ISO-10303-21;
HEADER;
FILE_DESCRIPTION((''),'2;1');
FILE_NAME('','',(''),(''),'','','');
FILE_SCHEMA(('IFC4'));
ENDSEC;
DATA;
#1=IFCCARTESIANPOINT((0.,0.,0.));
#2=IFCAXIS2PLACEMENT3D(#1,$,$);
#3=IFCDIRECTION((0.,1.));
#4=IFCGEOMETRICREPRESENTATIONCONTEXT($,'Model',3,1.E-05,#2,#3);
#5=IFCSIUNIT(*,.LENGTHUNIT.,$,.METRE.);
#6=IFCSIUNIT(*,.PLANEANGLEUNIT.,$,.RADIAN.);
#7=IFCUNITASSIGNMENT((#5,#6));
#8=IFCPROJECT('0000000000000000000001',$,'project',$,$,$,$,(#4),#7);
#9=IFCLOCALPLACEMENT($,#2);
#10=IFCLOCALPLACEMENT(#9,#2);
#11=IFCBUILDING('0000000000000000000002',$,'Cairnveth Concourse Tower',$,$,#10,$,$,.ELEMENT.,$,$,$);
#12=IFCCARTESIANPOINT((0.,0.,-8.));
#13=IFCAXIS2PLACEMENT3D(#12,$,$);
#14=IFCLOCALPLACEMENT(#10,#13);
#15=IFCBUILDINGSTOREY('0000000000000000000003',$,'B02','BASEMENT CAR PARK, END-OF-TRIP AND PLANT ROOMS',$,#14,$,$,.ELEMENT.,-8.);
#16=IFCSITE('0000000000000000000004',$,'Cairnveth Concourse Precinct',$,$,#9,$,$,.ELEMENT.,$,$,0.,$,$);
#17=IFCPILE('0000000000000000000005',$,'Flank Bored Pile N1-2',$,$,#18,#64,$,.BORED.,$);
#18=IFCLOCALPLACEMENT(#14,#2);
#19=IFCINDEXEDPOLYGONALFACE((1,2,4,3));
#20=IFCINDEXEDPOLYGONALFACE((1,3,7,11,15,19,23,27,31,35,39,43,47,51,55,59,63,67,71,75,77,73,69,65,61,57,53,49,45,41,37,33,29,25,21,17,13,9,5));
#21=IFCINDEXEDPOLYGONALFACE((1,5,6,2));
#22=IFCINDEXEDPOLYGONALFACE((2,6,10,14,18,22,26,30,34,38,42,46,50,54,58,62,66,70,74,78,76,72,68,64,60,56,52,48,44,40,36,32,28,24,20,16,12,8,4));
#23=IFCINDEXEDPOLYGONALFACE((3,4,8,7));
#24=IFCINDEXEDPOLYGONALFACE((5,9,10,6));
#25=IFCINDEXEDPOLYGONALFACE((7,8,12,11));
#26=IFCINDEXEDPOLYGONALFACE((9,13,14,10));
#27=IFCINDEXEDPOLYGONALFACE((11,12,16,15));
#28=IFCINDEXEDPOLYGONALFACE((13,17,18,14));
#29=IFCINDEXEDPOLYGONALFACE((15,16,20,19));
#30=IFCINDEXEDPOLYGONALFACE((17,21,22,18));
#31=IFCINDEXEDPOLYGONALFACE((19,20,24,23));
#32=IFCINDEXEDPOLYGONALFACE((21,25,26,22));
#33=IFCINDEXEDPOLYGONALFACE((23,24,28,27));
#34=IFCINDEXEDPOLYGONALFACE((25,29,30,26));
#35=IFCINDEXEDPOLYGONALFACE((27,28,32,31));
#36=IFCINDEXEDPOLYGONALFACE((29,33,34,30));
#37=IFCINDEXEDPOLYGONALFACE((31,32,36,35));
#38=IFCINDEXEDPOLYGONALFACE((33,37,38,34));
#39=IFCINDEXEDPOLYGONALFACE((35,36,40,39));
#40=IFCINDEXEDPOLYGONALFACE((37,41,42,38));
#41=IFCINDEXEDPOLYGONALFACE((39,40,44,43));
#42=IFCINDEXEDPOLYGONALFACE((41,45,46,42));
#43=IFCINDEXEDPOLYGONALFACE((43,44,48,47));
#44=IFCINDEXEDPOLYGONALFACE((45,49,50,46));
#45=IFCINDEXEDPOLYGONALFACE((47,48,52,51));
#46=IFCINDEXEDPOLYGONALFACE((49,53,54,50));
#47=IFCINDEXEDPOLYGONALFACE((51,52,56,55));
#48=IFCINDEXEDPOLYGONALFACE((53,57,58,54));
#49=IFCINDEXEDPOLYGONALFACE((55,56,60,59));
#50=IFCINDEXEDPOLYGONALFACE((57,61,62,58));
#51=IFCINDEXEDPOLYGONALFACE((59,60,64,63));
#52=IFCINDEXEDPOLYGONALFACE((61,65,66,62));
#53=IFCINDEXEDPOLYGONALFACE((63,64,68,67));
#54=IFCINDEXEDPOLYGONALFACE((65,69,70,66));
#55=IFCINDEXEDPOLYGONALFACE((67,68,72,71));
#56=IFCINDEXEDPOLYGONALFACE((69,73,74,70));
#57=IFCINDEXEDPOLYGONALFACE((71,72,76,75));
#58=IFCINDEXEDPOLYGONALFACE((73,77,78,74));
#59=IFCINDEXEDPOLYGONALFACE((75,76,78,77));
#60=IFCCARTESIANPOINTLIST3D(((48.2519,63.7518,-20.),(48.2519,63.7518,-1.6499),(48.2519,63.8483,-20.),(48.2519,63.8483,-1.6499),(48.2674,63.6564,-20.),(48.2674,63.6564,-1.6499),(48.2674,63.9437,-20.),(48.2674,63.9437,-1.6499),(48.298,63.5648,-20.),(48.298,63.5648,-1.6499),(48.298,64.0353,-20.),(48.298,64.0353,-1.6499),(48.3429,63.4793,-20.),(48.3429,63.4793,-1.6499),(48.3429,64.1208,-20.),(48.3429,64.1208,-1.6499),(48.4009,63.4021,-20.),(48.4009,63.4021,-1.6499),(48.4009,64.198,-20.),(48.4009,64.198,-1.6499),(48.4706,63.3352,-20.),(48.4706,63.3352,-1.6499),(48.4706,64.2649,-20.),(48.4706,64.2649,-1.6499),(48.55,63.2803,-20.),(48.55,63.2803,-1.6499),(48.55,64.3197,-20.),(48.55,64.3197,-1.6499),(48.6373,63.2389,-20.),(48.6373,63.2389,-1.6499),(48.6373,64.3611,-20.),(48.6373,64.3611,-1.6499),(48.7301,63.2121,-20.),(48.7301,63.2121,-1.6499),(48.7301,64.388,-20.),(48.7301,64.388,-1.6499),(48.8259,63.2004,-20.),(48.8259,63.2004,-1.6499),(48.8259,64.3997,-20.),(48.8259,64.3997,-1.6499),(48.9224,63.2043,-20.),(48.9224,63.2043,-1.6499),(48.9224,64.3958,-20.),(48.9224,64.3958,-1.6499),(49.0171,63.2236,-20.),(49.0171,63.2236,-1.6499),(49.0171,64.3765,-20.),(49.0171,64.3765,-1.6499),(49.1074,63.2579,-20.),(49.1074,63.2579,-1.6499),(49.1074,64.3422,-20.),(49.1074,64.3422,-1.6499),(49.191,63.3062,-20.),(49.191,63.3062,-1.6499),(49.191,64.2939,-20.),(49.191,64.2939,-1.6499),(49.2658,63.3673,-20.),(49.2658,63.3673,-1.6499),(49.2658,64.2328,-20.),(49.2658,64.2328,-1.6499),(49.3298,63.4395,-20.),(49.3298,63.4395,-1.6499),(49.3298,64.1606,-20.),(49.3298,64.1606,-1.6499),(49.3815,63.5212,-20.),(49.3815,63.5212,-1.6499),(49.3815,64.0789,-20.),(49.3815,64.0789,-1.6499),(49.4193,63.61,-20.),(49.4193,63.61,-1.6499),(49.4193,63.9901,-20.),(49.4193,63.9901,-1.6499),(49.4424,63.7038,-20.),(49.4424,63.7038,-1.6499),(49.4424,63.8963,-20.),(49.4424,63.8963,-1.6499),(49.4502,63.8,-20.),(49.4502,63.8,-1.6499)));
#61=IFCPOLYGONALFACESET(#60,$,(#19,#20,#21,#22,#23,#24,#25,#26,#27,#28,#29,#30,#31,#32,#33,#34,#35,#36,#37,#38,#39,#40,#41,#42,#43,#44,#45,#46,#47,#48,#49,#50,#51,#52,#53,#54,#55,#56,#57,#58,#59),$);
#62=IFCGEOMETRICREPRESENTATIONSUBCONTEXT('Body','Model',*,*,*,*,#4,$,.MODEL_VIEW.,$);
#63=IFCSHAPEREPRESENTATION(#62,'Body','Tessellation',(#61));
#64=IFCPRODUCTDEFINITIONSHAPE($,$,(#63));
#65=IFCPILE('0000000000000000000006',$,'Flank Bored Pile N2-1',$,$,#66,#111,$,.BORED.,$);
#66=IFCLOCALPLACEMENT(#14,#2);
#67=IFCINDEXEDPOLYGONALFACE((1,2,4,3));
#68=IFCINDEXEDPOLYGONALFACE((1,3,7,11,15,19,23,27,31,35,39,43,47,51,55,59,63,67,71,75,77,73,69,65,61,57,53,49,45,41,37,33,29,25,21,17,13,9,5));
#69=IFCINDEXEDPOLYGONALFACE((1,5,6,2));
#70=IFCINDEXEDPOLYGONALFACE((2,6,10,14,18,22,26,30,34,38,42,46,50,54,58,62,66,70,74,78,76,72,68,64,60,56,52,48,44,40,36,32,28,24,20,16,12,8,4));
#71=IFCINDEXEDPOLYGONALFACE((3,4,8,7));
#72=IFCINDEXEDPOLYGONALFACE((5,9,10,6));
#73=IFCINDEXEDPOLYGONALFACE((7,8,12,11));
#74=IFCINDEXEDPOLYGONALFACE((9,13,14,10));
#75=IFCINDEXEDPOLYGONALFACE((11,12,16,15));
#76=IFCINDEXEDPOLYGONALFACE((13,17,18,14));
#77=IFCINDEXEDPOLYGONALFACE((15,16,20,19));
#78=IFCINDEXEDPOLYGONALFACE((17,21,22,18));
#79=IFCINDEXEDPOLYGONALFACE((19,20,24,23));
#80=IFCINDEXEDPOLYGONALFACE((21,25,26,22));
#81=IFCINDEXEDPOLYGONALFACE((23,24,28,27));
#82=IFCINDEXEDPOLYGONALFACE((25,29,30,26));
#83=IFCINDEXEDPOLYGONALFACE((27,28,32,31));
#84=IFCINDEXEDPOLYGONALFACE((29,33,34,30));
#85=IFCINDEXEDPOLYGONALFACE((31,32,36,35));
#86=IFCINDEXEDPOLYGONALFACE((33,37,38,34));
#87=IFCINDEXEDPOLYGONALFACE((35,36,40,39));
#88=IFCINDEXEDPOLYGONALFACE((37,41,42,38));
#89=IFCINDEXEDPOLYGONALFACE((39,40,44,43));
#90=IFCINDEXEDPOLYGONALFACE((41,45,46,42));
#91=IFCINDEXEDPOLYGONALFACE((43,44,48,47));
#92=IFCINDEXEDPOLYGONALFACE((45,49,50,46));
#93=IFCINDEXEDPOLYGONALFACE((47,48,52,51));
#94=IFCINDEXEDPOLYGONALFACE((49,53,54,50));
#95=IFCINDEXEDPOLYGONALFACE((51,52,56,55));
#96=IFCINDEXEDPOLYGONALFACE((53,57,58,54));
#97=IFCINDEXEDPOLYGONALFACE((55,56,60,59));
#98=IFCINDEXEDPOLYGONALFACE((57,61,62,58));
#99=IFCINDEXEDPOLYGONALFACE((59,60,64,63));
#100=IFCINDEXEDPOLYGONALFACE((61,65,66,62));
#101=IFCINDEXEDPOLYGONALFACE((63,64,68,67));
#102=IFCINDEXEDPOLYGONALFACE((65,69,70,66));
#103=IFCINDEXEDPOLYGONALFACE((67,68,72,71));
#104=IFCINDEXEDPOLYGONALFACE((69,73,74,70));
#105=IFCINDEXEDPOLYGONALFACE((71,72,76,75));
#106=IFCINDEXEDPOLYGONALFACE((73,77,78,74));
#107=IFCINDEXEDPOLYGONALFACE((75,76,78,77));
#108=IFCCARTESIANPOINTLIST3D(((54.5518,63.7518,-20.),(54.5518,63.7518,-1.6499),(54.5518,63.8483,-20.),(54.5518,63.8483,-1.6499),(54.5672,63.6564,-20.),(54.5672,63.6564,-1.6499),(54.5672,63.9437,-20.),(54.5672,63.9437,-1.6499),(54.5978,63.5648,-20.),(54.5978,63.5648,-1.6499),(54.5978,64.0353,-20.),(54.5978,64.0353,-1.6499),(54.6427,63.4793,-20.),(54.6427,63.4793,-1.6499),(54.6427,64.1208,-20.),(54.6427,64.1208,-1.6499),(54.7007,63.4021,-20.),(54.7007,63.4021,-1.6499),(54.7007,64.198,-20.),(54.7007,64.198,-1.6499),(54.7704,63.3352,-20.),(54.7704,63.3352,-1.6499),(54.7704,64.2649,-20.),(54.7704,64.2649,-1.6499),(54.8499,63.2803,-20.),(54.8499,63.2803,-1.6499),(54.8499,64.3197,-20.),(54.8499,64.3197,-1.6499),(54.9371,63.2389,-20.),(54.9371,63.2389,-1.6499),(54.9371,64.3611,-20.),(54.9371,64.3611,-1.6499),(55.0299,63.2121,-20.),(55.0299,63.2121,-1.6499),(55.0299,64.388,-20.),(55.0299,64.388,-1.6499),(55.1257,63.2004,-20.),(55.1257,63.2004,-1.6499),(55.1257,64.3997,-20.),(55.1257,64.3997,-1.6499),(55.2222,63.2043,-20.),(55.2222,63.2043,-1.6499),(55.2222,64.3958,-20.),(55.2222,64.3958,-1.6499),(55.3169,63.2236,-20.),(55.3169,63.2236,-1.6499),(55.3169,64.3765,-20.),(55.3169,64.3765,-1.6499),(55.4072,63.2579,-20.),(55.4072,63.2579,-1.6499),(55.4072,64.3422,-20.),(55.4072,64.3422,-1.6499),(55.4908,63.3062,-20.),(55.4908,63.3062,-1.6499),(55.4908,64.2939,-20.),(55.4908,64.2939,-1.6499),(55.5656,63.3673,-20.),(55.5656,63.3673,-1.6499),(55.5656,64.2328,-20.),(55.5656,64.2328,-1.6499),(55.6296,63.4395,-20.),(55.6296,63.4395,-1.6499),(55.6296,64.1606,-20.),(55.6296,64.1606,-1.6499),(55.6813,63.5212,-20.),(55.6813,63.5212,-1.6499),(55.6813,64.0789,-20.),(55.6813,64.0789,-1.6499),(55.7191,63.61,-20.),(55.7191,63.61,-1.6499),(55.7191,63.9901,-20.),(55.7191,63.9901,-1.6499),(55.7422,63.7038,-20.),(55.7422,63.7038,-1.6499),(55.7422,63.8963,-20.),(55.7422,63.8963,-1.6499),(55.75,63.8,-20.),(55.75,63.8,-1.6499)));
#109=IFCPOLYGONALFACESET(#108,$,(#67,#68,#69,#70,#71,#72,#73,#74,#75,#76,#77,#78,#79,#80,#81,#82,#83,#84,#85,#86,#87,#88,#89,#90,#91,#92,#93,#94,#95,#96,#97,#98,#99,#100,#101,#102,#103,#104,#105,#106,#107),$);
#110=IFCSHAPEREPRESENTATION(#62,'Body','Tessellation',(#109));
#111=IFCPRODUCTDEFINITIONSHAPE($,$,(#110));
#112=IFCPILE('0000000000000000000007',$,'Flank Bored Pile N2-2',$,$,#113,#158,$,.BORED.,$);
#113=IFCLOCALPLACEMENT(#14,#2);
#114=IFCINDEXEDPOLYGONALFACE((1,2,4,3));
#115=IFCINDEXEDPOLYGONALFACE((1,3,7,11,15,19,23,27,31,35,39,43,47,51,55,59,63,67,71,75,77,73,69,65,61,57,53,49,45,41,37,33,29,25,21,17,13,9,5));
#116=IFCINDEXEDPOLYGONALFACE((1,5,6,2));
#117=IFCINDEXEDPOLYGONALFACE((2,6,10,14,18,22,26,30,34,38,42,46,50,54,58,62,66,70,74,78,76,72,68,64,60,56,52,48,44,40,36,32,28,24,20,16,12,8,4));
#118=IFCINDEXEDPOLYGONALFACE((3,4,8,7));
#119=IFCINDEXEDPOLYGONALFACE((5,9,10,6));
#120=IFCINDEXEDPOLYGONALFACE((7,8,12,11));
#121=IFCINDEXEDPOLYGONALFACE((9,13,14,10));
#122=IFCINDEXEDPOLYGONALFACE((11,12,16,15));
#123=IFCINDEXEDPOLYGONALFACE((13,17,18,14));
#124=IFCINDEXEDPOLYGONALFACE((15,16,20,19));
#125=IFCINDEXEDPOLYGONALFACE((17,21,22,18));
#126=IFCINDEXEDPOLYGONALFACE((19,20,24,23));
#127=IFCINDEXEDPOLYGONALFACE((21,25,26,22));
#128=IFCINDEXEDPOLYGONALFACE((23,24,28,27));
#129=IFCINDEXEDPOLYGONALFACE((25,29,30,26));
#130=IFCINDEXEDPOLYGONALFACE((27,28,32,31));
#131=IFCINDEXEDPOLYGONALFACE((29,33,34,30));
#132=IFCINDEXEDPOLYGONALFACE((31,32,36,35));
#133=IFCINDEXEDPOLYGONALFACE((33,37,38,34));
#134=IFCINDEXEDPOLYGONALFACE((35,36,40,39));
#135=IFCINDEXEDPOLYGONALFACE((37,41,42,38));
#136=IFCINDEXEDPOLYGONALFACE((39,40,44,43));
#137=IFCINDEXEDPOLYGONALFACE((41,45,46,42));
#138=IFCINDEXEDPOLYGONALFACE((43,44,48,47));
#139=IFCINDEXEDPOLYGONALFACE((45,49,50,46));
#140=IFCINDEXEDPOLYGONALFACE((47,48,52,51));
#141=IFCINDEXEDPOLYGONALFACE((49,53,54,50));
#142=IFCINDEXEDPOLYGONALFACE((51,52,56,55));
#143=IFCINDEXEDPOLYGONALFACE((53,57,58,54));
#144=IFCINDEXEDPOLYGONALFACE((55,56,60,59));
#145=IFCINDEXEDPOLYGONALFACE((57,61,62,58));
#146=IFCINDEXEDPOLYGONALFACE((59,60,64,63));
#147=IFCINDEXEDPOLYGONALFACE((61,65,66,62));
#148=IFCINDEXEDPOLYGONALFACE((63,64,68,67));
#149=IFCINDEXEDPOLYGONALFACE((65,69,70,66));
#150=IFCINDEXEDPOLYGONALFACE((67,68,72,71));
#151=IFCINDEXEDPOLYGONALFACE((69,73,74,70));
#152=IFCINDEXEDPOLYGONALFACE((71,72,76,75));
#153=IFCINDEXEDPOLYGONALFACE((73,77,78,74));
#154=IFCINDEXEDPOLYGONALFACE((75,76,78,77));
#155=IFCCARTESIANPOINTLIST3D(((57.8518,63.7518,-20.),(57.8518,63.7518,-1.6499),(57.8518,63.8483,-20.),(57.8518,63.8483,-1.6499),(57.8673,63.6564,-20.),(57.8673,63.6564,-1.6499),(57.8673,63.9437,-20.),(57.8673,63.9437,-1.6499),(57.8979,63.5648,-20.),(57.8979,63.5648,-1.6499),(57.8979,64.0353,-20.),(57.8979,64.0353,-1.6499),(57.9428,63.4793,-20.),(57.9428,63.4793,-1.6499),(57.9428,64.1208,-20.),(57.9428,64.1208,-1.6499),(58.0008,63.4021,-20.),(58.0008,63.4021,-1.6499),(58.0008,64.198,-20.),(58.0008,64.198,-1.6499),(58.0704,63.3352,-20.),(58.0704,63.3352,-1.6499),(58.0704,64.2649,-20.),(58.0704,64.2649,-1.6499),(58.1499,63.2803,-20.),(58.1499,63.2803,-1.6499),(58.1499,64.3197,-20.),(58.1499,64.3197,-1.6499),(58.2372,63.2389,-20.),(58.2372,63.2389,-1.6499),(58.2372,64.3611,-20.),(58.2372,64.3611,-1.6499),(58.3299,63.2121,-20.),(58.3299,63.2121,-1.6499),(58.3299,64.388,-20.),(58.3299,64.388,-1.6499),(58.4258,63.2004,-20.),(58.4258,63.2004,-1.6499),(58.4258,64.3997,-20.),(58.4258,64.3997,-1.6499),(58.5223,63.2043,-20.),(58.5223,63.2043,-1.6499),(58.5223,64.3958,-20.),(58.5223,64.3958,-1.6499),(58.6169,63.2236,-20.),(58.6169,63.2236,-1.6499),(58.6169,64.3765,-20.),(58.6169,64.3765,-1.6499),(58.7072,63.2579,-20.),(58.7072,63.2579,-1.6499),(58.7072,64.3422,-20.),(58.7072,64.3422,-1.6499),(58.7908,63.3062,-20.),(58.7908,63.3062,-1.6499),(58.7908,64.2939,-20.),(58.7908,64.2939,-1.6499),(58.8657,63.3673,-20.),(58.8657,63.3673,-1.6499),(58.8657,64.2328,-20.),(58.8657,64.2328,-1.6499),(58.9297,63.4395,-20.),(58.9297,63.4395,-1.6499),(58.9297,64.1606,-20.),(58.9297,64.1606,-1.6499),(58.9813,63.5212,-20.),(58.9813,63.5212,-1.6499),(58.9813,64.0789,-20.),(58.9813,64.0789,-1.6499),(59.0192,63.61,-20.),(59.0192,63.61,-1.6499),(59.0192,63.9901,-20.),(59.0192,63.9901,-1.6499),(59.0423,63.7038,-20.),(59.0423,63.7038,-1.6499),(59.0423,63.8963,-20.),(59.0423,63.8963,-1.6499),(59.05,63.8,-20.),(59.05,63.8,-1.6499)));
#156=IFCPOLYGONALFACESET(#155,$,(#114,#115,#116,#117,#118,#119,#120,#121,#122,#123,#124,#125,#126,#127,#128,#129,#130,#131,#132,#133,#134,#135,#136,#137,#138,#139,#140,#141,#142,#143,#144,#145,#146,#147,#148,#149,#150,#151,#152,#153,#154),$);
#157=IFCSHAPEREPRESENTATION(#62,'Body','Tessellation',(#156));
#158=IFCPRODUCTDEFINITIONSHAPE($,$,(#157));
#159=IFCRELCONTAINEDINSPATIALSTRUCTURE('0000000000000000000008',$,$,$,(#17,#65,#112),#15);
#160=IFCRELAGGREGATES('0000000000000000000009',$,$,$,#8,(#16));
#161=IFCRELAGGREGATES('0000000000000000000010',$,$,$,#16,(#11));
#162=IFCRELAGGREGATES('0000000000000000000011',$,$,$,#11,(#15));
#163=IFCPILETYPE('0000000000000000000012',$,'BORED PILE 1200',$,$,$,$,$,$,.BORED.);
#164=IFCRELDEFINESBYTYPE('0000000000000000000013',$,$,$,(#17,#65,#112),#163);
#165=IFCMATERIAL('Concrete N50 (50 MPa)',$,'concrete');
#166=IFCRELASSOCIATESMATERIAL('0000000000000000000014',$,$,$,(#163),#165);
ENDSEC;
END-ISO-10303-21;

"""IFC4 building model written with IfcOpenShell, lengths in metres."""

from ifc_helpers import new_model, si_unit, direction, frame, origin, origin_2d, place, context, subcontext, project, spatial, circle, extrude, material, material_profile, profile_set, type_object, element, save


model = new_model("IFC4")

# Units and contexts
model_context = context("Model", 3, precision=1e-05, world=origin(), true_north=direction((0.0, 1.0)))
body_context = subcontext(model_context, "Body", "Model", "MODEL_VIEW")
ifc_project = project(units=[si_unit("LENGTHUNIT", "METRE"), si_unit("PLANEANGLEUNIT", "RADIAN")], contexts=[model_context])

# Site, building, storey
site_placement = place(None, origin())
site = spatial("IfcSite", under=ifc_project, at=site_placement, Name="Cairnveth Concourse Precinct", CompositionType="ELEMENT", RefElevation=0.0)
building_placement = place(site_placement, origin())
building = spatial("IfcBuilding", under=site, at=building_placement, Name="Cairnveth Concourse Tower", CompositionType="ELEMENT")
storey_placement = place(building_placement, frame((0.0, 0.0, -8.0)))
storey = spatial("IfcBuildingStorey", under=building, at=storey_placement, Name="B02", Description="BASEMENT CAR PARK, END-OF-TRIP AND PLANT ROOMS", CompositionType="ELEMENT", Elevation=-8.0)

# Piles
ifc_material_1 = material(Name="Concrete N50 (50 MPa)", Category="concrete")
ifc_material_profile_1 = material_profile(ifc_material_1, circle(Radius=0.6001, at=origin_2d()), Name="PILE-1200")
ifc_profile_set_1 = profile_set([ifc_material_profile_1], Name="Concrete N50 (50 MPa)")
pile_type_1 = type_object("IfcPileType", Name="BORED PILE 1200", PredefinedType="BORED", material=ifc_profile_set_1)
for number, where, z_axis, x_axis, name in (
    (1, (48.8501, 63.8, -1.6499), (0.0, 0.0, -1.0), (1.0, 0.0, 0.0), "Flank Bored Pile N1-2"),
    (2, (55.1499, 63.8, -1.6499), (0.0, 0.0, -1.0), (1.0, 0.0, 0.0), "Flank Bored Pile N2-1"),
    (3, (58.45, 63.8, -1.6499), (0.0, 0.0, -1.0), (1.0, 0.0, 0.0), "Flank Bored Pile N2-2"),
):
    element("IfcPile", number, at=place(storey_placement, frame(where, z_axis=z_axis, x_axis=x_axis)), inside=storey, type_object=pile_type_1, Name=name, PredefinedType="BORED", context=body_context, shape_type="SweptSolid", body=[
        extrude(circle(Radius=0.6001, at=origin_2d()), origin(), (0.0, 0.0, 1.0), 18.3501),
    ])

save(model, "model.ifc")
